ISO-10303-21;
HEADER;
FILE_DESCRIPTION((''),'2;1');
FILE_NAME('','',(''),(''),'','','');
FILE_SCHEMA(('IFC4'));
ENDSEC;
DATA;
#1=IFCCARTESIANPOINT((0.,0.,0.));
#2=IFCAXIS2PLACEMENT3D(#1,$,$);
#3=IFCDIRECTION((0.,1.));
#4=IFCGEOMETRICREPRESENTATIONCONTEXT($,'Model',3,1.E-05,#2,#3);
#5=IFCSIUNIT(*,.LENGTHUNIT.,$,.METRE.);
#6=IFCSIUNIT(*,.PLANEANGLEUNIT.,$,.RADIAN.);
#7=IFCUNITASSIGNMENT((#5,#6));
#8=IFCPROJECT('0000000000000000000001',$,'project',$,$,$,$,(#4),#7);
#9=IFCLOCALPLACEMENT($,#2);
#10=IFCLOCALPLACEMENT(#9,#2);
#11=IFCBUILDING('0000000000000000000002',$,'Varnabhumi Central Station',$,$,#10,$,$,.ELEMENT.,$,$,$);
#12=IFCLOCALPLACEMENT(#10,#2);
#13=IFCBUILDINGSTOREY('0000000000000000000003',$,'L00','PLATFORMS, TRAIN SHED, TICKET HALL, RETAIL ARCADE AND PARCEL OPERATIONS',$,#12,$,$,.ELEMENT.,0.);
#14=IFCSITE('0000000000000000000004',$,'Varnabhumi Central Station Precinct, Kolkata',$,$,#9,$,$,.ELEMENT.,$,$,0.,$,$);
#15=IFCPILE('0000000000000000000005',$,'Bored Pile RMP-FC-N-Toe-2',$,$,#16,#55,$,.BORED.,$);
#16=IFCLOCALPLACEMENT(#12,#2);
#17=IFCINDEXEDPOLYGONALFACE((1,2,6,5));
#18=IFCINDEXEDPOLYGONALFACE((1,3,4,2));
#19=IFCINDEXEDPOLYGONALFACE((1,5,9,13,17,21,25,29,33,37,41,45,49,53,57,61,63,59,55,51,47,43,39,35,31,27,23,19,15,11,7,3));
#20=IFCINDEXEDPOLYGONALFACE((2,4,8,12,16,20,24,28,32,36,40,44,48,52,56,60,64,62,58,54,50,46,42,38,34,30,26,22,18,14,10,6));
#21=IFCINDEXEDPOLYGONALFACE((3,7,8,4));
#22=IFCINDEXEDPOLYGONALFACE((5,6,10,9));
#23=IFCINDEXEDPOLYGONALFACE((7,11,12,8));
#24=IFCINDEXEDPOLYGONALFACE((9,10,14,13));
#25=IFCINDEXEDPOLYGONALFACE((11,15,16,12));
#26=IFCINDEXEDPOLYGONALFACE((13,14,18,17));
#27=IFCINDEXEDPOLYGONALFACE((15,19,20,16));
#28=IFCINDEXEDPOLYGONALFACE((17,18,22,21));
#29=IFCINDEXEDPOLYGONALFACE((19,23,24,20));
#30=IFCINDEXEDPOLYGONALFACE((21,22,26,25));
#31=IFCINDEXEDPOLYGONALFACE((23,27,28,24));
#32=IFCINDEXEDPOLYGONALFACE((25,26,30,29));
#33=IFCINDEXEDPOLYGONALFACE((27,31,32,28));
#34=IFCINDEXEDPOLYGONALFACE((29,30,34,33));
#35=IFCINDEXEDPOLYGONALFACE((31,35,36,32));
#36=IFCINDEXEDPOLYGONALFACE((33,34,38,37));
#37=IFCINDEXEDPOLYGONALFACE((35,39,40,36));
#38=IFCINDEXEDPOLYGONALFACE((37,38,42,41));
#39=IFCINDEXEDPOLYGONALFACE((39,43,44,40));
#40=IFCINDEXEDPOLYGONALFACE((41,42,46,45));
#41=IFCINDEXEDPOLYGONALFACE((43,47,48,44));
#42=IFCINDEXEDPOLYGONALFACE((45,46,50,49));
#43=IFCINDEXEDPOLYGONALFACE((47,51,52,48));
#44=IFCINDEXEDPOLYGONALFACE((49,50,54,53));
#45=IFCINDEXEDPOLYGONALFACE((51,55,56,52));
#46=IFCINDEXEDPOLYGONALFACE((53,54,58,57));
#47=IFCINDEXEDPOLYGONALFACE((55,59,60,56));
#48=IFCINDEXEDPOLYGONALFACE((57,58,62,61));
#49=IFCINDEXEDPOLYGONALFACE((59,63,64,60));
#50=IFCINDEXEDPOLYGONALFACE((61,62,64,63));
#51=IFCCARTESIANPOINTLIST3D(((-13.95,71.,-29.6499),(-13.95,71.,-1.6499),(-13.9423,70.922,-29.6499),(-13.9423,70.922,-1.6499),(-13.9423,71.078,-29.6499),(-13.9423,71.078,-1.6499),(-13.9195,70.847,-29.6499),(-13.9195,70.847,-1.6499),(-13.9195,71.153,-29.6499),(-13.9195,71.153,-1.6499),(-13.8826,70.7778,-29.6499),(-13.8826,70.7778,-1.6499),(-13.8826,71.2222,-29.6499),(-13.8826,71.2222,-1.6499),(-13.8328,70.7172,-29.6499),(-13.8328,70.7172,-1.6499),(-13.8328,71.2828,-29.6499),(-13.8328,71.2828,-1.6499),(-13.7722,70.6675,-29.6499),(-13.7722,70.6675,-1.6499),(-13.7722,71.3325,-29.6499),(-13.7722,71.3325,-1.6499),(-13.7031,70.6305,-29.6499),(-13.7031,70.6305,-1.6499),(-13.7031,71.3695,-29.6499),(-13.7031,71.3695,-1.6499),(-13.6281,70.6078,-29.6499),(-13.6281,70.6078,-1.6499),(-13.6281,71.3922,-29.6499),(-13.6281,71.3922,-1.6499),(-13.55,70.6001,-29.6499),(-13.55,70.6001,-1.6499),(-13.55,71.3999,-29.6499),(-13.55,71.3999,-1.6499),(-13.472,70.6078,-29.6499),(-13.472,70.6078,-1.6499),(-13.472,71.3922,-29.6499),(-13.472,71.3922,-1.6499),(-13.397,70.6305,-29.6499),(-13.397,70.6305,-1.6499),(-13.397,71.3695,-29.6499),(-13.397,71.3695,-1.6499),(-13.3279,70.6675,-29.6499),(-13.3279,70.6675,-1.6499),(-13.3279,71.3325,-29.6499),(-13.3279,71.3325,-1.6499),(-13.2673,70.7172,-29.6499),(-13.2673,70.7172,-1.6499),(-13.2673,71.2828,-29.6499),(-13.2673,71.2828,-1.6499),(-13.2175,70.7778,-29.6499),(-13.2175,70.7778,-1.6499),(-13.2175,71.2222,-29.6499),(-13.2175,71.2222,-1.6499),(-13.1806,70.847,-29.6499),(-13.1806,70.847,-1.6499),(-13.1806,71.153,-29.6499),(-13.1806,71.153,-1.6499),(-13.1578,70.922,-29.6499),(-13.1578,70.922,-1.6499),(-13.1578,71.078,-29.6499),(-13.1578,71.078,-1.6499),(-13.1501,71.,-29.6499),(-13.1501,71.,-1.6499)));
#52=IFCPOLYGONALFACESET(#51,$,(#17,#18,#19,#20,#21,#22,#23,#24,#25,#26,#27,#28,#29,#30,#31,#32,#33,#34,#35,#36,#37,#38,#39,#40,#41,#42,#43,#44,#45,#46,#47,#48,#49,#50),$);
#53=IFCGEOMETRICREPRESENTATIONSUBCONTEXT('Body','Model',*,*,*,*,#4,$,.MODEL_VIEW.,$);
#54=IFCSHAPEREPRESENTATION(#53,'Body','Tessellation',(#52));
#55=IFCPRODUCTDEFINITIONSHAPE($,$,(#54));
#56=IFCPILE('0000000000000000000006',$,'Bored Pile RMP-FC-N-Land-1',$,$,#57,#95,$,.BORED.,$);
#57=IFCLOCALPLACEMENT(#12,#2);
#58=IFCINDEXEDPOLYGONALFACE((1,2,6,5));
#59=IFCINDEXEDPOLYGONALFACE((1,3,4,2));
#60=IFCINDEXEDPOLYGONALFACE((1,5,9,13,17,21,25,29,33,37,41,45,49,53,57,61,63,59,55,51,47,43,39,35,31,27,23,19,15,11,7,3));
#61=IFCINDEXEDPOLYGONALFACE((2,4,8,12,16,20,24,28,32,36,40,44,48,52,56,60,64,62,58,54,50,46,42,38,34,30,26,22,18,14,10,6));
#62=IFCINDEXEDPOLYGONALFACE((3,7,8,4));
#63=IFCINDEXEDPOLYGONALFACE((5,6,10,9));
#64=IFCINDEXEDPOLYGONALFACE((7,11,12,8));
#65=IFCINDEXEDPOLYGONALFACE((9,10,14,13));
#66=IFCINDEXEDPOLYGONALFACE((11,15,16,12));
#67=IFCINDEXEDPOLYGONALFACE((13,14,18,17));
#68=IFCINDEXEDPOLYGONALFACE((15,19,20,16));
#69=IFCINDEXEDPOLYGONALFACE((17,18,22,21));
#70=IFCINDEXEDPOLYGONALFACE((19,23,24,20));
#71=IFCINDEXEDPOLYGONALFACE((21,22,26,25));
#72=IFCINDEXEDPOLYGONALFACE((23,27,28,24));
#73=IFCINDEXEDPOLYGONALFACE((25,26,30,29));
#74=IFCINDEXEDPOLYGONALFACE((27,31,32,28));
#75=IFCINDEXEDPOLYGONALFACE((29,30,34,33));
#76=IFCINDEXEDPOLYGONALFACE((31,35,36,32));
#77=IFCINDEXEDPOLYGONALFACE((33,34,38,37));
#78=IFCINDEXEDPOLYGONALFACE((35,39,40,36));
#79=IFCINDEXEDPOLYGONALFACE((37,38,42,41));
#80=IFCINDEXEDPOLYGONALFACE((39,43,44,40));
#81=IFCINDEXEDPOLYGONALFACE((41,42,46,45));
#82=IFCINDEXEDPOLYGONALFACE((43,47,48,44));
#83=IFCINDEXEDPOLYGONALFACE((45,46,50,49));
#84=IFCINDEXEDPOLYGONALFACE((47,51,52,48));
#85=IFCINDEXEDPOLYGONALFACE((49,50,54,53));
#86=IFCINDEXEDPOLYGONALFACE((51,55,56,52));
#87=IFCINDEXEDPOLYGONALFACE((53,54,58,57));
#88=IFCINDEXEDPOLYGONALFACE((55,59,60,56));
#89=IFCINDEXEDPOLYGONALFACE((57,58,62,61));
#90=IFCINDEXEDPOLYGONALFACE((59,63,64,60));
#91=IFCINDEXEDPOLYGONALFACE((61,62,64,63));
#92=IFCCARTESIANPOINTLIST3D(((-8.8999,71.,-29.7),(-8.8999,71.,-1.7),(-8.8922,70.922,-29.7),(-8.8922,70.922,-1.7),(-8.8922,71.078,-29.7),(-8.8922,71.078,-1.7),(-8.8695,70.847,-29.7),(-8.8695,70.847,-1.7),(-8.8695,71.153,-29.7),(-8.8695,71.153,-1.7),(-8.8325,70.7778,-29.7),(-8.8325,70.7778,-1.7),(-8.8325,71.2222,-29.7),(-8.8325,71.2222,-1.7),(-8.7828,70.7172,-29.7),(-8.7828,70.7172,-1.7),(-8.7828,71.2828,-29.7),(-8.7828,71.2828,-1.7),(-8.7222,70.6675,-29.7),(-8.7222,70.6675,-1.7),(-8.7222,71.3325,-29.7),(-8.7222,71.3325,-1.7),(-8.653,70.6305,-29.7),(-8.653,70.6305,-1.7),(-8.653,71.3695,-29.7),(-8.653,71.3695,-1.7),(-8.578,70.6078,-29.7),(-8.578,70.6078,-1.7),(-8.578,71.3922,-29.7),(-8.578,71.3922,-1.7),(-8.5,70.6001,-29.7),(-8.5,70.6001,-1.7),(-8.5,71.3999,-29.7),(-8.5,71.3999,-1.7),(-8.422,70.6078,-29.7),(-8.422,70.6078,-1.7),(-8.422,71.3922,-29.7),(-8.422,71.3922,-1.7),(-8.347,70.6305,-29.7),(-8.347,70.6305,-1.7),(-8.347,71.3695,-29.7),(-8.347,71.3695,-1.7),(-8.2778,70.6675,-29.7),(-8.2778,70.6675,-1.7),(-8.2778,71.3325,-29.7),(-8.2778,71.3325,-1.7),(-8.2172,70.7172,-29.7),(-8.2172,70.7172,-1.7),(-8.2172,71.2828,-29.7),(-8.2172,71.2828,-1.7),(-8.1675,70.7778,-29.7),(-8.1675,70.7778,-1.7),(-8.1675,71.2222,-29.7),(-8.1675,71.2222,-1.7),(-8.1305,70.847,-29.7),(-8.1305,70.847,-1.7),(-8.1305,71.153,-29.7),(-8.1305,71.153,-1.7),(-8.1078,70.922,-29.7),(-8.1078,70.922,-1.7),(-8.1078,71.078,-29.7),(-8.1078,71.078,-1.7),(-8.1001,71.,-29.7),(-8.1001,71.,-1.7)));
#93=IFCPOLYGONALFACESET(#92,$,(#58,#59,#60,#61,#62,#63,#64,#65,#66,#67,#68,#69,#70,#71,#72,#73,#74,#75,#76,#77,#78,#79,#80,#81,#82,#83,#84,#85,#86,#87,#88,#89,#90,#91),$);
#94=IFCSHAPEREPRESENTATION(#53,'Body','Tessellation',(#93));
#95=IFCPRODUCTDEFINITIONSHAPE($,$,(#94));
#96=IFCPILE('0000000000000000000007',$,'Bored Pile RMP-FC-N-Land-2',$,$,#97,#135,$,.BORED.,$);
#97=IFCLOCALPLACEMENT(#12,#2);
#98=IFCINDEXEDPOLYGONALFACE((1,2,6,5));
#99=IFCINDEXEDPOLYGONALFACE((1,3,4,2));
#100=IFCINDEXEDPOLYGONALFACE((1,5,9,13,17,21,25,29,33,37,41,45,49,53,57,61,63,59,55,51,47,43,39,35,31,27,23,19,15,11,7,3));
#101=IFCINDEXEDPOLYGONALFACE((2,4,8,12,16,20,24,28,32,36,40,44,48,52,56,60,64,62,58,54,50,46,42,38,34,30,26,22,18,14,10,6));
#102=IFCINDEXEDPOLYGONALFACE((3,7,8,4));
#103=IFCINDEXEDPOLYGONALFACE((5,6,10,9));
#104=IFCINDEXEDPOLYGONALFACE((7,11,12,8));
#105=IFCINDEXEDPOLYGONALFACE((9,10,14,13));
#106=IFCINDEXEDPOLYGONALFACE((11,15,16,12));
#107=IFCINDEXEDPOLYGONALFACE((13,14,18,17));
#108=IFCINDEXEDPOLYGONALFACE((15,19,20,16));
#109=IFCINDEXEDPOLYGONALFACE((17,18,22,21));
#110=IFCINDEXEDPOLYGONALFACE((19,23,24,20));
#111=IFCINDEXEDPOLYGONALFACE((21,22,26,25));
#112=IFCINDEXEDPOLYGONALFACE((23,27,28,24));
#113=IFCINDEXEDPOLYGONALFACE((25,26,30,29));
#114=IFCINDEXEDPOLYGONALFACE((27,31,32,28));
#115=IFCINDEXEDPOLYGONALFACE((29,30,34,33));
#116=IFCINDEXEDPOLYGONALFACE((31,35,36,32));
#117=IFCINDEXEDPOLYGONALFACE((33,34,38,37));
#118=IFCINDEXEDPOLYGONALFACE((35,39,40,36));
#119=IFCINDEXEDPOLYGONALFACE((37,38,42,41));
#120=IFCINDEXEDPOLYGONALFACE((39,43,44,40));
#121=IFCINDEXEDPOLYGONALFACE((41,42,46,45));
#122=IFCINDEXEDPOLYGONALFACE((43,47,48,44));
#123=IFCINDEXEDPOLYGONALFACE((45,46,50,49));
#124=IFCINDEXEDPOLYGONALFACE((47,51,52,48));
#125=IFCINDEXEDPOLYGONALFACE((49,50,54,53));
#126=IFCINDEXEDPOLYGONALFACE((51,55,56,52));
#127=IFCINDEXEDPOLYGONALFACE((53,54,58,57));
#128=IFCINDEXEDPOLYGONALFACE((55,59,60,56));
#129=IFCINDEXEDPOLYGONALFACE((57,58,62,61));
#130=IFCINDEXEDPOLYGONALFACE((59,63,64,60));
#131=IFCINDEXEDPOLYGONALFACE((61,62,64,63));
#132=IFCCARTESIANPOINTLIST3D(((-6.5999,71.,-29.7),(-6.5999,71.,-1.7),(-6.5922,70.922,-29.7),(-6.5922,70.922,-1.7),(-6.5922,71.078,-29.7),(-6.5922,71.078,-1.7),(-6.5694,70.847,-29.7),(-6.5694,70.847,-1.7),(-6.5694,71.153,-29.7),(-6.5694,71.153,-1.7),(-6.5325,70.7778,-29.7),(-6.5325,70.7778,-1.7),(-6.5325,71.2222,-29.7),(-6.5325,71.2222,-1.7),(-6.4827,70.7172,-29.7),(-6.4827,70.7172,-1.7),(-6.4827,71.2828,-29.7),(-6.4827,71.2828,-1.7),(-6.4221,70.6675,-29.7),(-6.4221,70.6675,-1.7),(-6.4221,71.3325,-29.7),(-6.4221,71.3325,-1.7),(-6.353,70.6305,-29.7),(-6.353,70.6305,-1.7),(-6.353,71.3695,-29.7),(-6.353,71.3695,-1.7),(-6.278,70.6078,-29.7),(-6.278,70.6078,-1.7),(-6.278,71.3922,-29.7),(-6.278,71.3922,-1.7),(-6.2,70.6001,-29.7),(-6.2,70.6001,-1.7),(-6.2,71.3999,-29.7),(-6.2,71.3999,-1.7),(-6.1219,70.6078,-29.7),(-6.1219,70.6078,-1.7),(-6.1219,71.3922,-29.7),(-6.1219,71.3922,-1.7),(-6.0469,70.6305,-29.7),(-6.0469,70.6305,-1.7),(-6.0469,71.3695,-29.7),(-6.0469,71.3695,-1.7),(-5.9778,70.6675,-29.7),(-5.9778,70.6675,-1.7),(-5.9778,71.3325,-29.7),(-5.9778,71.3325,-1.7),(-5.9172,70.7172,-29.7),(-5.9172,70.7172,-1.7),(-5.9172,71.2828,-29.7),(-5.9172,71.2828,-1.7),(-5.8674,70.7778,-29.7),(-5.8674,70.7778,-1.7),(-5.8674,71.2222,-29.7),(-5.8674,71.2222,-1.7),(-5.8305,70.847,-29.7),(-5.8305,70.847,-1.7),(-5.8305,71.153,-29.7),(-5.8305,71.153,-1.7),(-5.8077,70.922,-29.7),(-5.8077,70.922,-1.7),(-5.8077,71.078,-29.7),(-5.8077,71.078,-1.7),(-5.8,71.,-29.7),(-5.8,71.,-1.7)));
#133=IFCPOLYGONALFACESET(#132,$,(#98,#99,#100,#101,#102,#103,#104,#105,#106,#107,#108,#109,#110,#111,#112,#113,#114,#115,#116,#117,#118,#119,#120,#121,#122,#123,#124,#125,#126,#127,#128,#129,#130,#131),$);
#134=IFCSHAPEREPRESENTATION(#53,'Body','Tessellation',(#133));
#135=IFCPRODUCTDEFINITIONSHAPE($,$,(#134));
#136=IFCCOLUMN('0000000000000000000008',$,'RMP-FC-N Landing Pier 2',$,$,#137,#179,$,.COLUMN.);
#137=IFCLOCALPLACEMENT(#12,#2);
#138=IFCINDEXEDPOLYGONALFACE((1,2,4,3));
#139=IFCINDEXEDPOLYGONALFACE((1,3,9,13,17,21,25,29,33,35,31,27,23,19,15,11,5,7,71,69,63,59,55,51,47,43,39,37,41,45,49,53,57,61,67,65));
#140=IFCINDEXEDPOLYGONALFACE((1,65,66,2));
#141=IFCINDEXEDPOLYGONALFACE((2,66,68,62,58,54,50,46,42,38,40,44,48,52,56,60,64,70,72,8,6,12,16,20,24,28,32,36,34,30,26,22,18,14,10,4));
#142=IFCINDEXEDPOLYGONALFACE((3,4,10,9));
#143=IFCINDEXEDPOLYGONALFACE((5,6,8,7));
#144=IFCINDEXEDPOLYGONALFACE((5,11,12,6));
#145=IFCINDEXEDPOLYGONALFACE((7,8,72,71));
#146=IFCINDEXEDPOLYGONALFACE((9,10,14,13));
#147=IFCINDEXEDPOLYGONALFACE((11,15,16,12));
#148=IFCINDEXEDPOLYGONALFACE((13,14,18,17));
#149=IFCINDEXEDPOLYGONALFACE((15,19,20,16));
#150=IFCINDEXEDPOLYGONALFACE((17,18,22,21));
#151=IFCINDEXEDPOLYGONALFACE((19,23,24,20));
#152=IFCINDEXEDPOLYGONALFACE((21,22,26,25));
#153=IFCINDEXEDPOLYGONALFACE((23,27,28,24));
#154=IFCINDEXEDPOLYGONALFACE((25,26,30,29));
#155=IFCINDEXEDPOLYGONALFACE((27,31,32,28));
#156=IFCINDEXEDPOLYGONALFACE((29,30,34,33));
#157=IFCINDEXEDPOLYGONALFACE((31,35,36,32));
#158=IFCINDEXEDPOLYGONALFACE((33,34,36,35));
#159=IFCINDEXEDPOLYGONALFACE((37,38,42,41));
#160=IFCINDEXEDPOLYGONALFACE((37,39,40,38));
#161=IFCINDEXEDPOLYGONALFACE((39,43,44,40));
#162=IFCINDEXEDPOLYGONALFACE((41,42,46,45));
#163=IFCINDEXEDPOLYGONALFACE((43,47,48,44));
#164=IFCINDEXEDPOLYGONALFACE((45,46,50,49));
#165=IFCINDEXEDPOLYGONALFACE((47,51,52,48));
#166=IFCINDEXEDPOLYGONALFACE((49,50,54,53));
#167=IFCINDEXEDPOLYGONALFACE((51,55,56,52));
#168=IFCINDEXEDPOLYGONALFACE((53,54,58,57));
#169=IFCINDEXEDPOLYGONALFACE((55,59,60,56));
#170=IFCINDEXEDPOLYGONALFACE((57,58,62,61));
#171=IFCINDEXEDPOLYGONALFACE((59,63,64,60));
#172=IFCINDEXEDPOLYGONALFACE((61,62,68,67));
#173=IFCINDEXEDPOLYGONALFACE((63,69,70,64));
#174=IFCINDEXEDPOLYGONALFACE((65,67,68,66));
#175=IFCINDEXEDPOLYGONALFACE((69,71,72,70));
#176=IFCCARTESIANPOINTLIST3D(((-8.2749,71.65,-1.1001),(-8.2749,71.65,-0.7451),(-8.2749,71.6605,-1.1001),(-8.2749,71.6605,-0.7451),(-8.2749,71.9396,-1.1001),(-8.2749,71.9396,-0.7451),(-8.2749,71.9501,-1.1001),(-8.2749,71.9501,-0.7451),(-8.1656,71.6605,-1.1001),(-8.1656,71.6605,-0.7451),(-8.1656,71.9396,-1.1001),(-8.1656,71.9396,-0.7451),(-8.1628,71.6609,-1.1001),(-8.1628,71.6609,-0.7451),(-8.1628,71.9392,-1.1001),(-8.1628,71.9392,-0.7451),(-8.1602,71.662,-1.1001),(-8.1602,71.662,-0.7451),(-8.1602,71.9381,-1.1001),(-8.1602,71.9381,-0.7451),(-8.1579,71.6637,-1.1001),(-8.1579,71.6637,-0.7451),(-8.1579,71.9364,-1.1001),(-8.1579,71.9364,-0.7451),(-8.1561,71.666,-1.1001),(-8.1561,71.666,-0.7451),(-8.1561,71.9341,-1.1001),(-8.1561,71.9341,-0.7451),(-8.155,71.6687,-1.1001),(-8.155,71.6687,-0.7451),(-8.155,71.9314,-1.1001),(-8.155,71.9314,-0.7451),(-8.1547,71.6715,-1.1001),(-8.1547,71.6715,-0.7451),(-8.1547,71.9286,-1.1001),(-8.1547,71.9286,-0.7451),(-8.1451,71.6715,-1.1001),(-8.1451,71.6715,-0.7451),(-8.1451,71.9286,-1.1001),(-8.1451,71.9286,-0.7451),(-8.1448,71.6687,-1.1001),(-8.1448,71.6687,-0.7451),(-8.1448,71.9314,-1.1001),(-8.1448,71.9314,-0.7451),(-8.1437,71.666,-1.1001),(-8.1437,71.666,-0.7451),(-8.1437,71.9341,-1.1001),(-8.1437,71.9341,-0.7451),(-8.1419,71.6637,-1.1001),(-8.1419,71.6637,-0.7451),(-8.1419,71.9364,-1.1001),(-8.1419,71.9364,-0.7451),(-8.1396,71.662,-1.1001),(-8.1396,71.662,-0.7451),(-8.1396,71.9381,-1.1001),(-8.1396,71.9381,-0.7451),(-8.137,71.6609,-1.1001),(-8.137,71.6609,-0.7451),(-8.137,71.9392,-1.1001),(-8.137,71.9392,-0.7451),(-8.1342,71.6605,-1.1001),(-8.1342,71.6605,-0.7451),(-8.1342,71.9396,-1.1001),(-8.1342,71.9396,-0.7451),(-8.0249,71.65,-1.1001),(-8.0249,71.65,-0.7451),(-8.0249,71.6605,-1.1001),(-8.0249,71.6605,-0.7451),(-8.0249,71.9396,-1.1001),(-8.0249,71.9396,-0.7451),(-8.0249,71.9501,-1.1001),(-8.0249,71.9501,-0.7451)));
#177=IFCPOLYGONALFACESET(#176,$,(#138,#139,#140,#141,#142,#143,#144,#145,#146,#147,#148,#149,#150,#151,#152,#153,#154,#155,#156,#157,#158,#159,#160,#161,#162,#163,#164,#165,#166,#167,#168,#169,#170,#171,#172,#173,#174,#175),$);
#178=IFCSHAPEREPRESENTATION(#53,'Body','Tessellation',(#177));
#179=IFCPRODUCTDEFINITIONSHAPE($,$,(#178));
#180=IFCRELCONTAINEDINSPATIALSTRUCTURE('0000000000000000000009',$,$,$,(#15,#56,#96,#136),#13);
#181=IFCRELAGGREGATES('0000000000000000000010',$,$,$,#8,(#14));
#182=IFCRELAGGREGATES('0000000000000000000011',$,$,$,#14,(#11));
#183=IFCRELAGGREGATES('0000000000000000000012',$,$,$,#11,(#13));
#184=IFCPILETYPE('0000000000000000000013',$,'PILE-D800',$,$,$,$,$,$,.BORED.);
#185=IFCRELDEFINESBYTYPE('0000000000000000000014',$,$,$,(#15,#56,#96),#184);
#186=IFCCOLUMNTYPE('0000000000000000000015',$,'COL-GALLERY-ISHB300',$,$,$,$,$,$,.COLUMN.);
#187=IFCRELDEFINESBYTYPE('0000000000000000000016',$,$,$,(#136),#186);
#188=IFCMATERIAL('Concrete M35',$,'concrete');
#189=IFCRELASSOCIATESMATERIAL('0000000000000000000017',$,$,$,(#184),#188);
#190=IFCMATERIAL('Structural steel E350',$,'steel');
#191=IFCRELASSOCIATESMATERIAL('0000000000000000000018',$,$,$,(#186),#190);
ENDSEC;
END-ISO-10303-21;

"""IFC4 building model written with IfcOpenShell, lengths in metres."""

from ifc_helpers import new_model, si_unit, direction, frame, origin, origin_2d, place, context, subcontext, project, spatial, circle, i_section, extrude, material, material_profile, profile_set, type_object, element, save


model = new_model("IFC4")

# Units and contexts
model_context = context("Model", 3, precision=1e-05, world=origin(), true_north=direction((0.0, 1.0)))
body_context = subcontext(model_context, "Body", "Model", "MODEL_VIEW")
ifc_project = project(units=[si_unit("LENGTHUNIT", "METRE"), si_unit("PLANEANGLEUNIT", "RADIAN")], contexts=[model_context])

# Site, building, storey
site_placement = place(None, origin())
site = spatial("IfcSite", under=ifc_project, at=site_placement, Name="Varnabhumi Central Station Precinct, Kolkata", CompositionType="ELEMENT", RefElevation=0.0)
building_placement = place(site_placement, origin())
building = spatial("IfcBuilding", under=site, at=building_placement, Name="Varnabhumi Central Station", CompositionType="ELEMENT")
storey_placement = place(building_placement, origin())
storey = spatial("IfcBuildingStorey", under=building, at=storey_placement, Name="L00", Description="PLATFORMS, TRAIN SHED, TICKET HALL, RETAIL ARCADE AND PARCEL OPERATIONS", CompositionType="ELEMENT", Elevation=0.0)

# Piles
ifc_material_1 = material(Name="Concrete M35", Category="concrete")
ifc_material_profile_1 = material_profile(ifc_material_1, circle(Radius=0.3999, at=origin_2d()), Name="Concrete M35", Category="concrete")
ifc_profile_set_1 = profile_set([ifc_material_profile_1], Name="Concrete M35")
pile_type_1 = type_object("IfcPileType", Name="PILE-D800", PredefinedType="BORED", material=ifc_profile_set_1)
for number, where, z_axis, x_axis, name in (
    (1, (-13.55, 71.0, -1.6499), (0.0, 0.0, -1.0), (1.0, 0.0, 0.0), "Bored Pile RMP-FC-N-Toe-2"),
    (2, (-8.5, 71.0, -1.7), (0.0, 0.0, -1.0), (1.0, 0.0, 0.0), "Bored Pile RMP-FC-N-Land-1"),
    (3, (-6.2, 71.0, -1.7), (0.0, 0.0, -1.0), (1.0, 0.0, 0.0), "Bored Pile RMP-FC-N-Land-2"),
):
    element("IfcPile", number, at=place(storey_placement, frame(where, z_axis=z_axis, x_axis=x_axis)), inside=storey, type_object=pile_type_1, Name=name, PredefinedType="BORED", context=body_context, shape_type="SweptSolid", body=[
        extrude(circle(Radius=0.3999, at=origin_2d()), origin(), (0.0, 0.0, 1.0), 28.0),
    ])

# Column
ifc_material_2 = material(Name="Structural steel E350", Category="steel")
ifc_material_profile_2 = material_profile(ifc_material_2, i_section(OverallWidth=0.25, OverallDepth=0.3, WebThickness=0.0095, FlangeThickness=0.0105, FilletRadius=0.011, at=origin_2d()), Name="Structural steel E350", Category="steel")
ifc_profile_set_2 = profile_set([ifc_material_profile_2], Name="Structural steel E350")
column_type_1 = type_object("IfcColumnType", Name="COL-GALLERY-ISHB300", PredefinedType="COLUMN", material=ifc_profile_set_2)
for number, where, z_axis, x_axis, name in (
    (4, (-8.1499, 71.8, -1.1001), (0.0, 0.0, 1.0), (1.0, 0.0, 0.0), "RMP-FC-N Landing Pier 2"),
):
    element("IfcColumn", number, at=place(storey_placement, frame(where, z_axis=z_axis, x_axis=x_axis)), inside=storey, type_object=column_type_1, Name=name, PredefinedType="COLUMN", context=body_context, shape_type="SweptSolid", body=[
        extrude(i_section(OverallWidth=0.25, OverallDepth=0.3, WebThickness=0.0095, FlangeThickness=0.0105, FilletRadius=0.011, at=origin_2d()), origin(), (0.0, 0.0, 1.0), 0.355),
    ])

save(model, "model.ifc")
